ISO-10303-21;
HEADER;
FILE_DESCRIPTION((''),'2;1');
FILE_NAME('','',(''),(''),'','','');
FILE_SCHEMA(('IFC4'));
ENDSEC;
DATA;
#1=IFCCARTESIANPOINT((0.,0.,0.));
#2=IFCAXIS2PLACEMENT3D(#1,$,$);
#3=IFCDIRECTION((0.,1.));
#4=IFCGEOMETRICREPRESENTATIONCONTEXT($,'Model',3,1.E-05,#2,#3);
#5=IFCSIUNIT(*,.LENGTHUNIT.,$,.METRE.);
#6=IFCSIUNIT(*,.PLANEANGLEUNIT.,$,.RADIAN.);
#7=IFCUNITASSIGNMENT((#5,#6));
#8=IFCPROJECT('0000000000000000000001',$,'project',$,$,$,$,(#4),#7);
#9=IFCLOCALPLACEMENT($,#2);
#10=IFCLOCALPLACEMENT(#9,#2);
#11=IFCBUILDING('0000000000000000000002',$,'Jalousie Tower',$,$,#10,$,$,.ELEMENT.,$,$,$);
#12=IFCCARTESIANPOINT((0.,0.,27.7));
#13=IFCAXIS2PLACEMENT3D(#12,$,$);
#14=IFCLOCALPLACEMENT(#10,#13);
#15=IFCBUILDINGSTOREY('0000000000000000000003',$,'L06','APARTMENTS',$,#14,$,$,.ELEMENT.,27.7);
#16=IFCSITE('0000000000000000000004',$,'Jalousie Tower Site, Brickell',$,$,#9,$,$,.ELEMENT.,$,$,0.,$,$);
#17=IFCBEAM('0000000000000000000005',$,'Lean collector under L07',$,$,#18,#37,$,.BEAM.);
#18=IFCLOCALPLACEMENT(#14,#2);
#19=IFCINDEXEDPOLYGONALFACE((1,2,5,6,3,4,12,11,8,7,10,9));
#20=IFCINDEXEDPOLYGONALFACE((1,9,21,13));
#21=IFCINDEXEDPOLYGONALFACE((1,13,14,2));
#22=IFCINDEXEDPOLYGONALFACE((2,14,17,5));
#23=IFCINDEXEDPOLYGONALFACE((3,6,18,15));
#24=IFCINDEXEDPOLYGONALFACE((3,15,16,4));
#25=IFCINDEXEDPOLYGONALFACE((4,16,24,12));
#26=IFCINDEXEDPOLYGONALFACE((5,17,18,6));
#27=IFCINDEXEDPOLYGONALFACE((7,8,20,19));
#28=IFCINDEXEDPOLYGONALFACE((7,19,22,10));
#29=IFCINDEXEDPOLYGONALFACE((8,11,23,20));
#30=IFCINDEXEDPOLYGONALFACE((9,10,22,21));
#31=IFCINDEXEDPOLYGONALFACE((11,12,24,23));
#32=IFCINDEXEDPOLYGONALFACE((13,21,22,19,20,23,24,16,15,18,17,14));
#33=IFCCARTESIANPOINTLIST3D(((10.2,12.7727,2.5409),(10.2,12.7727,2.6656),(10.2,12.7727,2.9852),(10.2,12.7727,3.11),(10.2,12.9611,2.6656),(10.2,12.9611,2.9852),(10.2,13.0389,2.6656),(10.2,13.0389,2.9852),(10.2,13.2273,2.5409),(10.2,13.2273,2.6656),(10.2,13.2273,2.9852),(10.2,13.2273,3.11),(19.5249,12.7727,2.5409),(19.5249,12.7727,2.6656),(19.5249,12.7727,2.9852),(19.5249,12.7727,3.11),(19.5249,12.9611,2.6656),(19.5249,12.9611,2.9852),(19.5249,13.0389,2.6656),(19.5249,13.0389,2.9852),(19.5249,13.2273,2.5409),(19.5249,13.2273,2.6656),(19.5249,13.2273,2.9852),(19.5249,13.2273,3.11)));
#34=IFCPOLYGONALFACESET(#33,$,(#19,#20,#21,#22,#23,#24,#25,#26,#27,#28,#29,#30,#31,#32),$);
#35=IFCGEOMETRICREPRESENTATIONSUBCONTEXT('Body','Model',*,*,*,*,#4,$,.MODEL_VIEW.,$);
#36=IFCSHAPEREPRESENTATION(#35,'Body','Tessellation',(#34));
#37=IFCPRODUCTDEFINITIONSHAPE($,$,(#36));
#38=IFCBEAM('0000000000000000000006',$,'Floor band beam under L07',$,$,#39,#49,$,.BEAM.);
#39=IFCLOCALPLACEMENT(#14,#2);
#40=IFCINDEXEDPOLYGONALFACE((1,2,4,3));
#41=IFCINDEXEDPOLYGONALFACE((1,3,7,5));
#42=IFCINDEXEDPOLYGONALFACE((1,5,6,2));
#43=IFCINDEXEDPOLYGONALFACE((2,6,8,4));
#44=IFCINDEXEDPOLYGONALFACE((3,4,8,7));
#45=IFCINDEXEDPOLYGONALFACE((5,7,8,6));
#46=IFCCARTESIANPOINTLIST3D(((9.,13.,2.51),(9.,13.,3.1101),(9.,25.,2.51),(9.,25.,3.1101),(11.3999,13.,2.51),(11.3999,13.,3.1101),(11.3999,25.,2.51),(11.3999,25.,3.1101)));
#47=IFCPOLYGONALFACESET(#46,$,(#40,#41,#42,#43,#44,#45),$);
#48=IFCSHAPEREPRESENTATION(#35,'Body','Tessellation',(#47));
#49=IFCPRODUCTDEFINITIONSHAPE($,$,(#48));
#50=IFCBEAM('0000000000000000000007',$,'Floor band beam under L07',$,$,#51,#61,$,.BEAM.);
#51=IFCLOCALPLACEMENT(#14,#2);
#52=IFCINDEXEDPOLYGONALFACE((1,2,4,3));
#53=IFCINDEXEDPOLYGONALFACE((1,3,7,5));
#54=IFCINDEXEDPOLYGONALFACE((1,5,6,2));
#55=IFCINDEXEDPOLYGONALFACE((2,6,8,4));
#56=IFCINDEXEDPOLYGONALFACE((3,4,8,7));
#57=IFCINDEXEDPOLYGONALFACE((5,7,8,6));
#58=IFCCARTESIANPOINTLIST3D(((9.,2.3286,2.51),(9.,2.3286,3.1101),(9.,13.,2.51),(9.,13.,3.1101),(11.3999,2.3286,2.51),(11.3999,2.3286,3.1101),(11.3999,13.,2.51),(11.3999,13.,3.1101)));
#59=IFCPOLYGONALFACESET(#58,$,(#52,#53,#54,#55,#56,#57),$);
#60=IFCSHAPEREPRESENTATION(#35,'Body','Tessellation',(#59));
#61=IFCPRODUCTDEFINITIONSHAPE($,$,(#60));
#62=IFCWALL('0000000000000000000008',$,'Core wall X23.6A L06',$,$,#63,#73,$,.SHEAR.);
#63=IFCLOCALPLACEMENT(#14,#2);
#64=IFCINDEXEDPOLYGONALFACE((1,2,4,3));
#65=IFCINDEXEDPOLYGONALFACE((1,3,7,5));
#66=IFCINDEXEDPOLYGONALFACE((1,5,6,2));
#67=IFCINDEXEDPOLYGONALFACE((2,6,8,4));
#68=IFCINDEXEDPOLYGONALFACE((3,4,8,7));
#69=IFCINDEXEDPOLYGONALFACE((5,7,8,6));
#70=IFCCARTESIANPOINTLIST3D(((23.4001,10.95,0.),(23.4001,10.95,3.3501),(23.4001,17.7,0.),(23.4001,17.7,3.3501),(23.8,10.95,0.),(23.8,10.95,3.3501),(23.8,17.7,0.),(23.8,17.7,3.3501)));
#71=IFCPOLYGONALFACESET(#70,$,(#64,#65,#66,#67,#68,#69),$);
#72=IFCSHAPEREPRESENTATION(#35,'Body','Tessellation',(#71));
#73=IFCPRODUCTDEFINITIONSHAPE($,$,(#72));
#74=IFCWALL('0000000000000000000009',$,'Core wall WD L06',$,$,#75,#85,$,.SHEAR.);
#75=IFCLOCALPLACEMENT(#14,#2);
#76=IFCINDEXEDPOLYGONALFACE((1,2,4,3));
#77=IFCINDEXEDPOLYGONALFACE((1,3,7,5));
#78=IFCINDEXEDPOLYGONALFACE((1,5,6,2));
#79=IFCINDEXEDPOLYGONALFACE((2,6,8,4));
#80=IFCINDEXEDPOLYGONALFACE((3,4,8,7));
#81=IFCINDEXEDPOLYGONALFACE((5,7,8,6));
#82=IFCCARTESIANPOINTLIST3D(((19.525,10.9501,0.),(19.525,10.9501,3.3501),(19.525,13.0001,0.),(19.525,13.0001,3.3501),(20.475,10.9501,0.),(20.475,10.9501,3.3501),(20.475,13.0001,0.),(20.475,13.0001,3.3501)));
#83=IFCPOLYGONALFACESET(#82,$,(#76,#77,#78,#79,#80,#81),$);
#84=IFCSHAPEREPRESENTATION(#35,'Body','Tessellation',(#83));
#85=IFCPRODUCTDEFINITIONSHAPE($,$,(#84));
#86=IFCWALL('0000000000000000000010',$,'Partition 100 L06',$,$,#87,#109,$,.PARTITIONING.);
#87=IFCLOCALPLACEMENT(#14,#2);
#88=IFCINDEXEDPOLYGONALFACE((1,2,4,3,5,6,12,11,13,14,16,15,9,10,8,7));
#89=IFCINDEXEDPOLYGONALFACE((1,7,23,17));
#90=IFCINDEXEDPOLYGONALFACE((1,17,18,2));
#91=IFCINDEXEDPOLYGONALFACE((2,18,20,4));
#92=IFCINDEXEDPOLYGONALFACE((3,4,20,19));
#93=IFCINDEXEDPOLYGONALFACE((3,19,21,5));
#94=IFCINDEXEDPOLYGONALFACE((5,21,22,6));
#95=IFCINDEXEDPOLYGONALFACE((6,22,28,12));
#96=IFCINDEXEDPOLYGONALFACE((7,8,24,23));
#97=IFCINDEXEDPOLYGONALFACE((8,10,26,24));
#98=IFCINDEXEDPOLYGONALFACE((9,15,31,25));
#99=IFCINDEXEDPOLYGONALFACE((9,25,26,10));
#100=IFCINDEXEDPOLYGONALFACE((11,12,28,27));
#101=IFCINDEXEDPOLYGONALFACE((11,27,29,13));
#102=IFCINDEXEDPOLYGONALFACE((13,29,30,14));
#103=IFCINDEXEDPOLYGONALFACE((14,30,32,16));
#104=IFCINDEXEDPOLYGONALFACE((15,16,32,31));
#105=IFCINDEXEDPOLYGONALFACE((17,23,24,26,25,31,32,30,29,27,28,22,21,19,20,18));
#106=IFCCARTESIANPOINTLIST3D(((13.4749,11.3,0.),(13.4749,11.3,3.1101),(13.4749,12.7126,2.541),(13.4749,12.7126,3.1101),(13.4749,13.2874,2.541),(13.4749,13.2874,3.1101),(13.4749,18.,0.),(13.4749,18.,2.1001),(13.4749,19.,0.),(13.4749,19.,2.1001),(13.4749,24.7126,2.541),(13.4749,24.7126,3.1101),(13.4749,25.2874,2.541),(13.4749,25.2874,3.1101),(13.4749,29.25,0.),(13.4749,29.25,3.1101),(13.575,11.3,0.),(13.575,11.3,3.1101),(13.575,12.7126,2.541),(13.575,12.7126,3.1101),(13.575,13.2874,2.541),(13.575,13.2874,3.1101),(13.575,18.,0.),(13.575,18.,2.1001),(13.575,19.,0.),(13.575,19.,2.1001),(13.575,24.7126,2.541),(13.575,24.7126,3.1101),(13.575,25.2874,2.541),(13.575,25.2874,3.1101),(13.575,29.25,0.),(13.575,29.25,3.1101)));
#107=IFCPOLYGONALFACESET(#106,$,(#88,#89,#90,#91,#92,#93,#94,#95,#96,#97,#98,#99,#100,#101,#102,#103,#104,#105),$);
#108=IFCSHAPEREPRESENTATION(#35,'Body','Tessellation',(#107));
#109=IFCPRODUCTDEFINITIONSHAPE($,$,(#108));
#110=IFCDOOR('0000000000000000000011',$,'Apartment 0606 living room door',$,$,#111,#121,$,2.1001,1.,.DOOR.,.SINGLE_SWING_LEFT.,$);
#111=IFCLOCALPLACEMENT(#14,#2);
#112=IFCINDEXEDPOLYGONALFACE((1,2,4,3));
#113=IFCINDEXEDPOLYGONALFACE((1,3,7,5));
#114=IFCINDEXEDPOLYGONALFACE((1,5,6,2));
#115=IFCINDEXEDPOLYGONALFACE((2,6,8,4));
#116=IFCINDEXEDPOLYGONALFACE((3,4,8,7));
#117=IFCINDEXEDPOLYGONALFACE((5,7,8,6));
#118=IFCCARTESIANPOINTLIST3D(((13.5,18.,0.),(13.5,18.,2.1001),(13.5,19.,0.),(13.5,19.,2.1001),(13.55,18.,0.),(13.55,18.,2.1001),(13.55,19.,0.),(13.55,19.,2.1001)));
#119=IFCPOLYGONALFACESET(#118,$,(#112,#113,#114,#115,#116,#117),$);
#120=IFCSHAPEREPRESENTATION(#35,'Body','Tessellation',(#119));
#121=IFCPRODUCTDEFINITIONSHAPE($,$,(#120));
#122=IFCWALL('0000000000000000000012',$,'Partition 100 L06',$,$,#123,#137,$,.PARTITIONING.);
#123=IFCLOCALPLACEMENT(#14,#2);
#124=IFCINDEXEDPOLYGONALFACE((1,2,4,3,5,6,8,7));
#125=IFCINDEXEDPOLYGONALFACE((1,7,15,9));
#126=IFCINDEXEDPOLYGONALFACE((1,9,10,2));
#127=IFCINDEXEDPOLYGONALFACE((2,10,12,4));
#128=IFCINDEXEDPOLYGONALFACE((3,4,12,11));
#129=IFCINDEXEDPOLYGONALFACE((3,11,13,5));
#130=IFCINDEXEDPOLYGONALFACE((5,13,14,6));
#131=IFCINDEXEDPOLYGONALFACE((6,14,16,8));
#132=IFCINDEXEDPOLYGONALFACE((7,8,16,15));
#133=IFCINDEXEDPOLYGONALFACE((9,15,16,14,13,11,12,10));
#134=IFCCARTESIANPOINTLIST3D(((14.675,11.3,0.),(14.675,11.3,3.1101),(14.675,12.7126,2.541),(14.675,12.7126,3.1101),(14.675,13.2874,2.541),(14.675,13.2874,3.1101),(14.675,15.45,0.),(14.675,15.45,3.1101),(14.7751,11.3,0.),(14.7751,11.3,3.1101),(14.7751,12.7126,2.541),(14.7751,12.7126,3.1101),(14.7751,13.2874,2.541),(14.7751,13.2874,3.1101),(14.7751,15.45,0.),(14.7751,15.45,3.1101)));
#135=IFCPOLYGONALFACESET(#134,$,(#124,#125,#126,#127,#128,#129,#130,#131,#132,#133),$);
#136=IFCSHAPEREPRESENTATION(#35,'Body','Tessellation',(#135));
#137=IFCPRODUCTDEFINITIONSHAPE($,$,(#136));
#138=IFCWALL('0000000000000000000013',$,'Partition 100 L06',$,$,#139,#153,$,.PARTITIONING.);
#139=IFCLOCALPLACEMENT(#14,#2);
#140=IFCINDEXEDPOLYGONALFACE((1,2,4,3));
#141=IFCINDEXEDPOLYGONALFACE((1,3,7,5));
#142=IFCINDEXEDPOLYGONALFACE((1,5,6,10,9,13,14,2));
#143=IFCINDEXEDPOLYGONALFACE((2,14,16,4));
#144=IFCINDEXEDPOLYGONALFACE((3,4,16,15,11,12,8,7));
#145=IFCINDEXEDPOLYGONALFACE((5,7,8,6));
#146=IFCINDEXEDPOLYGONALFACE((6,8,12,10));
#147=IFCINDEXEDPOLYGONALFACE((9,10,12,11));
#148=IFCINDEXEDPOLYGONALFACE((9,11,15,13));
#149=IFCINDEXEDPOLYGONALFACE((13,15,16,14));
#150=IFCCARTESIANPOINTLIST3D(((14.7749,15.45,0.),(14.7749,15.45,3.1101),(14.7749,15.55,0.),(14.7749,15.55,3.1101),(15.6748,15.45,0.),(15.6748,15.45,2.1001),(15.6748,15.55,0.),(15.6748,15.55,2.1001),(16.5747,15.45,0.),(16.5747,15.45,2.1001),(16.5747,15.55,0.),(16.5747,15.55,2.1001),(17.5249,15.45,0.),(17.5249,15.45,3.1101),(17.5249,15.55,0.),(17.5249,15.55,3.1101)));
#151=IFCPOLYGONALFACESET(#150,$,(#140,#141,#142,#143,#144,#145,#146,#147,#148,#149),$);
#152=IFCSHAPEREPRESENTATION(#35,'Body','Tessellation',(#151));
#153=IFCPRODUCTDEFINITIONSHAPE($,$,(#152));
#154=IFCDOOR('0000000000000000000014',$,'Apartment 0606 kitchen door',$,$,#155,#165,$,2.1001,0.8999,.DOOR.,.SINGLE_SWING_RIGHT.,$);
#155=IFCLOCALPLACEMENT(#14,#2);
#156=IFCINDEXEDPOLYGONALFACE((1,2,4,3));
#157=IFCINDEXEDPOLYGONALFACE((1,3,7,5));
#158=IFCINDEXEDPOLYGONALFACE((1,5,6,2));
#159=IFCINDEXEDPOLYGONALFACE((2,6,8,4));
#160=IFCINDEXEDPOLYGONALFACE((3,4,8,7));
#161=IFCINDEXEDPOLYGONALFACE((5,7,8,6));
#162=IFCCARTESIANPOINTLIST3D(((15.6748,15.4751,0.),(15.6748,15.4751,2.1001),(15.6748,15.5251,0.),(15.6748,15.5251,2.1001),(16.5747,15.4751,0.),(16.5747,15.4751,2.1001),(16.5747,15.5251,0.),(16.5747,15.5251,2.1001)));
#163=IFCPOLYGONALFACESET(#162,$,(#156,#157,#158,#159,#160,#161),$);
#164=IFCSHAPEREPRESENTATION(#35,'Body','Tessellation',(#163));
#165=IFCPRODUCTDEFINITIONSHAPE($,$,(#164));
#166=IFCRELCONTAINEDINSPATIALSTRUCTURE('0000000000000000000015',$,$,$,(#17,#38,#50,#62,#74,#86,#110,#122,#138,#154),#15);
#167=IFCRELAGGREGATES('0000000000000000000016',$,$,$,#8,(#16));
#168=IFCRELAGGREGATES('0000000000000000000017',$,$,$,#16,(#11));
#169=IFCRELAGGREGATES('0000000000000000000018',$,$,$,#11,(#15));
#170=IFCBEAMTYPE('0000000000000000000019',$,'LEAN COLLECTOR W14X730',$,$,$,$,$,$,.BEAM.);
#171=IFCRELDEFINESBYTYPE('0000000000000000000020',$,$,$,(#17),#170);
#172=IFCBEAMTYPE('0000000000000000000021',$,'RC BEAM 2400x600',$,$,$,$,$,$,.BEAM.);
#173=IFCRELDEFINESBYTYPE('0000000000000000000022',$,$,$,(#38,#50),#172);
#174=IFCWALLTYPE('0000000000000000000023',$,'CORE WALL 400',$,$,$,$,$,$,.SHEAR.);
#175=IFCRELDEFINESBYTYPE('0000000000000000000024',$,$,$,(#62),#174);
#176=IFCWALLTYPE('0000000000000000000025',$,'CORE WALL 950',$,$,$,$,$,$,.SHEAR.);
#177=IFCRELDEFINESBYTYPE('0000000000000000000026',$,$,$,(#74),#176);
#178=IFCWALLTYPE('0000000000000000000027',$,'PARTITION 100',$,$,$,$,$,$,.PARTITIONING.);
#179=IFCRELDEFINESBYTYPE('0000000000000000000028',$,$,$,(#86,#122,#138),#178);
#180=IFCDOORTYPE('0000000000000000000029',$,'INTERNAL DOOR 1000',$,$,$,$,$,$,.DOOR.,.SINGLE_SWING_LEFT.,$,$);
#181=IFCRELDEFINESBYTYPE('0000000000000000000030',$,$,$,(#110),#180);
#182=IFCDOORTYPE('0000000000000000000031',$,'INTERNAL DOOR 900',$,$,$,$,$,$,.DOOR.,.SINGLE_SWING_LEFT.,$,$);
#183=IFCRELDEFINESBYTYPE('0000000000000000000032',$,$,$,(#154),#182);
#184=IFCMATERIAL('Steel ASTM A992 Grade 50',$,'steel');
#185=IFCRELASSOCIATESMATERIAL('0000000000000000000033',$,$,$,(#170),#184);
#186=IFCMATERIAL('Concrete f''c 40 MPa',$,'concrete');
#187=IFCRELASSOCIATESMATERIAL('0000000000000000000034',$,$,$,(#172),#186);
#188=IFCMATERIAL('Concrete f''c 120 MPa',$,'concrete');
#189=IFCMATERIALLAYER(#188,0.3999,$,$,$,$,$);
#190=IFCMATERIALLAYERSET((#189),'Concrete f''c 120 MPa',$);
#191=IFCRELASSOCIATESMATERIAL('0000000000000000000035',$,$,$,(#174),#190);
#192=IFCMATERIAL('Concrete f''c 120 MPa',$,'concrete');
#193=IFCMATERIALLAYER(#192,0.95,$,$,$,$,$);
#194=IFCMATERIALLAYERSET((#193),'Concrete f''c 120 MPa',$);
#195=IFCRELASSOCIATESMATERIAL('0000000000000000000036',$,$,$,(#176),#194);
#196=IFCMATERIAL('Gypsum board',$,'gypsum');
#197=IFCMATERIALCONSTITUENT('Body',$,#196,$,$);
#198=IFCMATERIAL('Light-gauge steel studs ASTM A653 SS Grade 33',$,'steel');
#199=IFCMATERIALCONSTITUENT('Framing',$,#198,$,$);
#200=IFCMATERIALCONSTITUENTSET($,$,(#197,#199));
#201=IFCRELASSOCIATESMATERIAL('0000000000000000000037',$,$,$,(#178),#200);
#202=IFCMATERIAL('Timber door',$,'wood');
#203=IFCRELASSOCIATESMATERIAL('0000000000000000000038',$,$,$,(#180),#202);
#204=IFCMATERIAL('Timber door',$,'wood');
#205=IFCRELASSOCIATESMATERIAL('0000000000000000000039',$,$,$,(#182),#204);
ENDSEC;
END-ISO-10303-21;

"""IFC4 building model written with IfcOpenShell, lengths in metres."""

from ifc_helpers import new_model, si_unit, direction, frame, frame_2d, origin, origin_2d, place, context, subcontext, project, spatial, polyline, rectangle, i_section, outline, extrude, material, layer, layer_set, constituent, constituent_set, material_profile, profile_set, type_object, element, fill, save


model = new_model("IFC4")

# Units and contexts
model_context = context("Model", 3, precision=1e-05, world=origin(), true_north=direction((0.0, 1.0)))
body_context = subcontext(model_context, "Body", "Model", "MODEL_VIEW")
ifc_project = project(units=[si_unit("LENGTHUNIT", "METRE"), si_unit("PLANEANGLEUNIT", "RADIAN")], contexts=[model_context])

# Site, building, storey
site_placement = place(None, origin())
site = spatial("IfcSite", under=ifc_project, at=site_placement, Name="Jalousie Tower Site, Brickell", CompositionType="ELEMENT", RefElevation=0.0)
building_placement = place(site_placement, origin())
building = spatial("IfcBuilding", under=site, at=building_placement, Name="Jalousie Tower", CompositionType="ELEMENT")
storey_placement = place(building_placement, frame((0.0, 0.0, 27.7)))
storey = spatial("IfcBuildingStorey", under=building, at=storey_placement, Name="L06", Description="APARTMENTS", CompositionType="ELEMENT", Elevation=27.7)

# Beams
ifc_material_1 = material(Name="Steel ASTM A992 Grade 50", Category="steel")
ifc_material_profile_1 = material_profile(ifc_material_1, i_section(OverallWidth=0.4546, OverallDepth=0.5691, WebThickness=0.0779, FlangeThickness=0.1248, at=origin_2d()), Name="W14X730")
ifc_profile_set_1 = profile_set([ifc_material_profile_1], Name="Steel ASTM A992 Grade 50")
beam_type_1 = type_object("IfcBeamType", Name="LEAN COLLECTOR W14X730", PredefinedType="BEAM", material=ifc_profile_set_1)
beam_1_placement = place(storey_placement, frame((10.2, 13.0, 2.8254), z_axis=(1.0, 0.0, 0.0), x_axis=(0.0, 1.0, 0.0)))
element("IfcBeam", 1, at=beam_1_placement, inside=storey, type_object=beam_type_1, Name="Lean collector under L07", PredefinedType="BEAM", context=body_context, shape_type="SweptSolid", body=[
    extrude(i_section(OverallWidth=0.4546, OverallDepth=0.5691, WebThickness=0.0779, FlangeThickness=0.1248, at=origin_2d()), origin(), (0.0, 0.0, 1.0), 9.325),
])
ifc_material_2 = material(Name="Concrete f'c 40 MPa", Category="concrete")
ifc_material_profile_2 = material_profile(ifc_material_2, rectangle(XDim=2.3999, YDim=0.6001, at=origin_2d()), Name="RC 2400x600")
ifc_profile_set_2 = profile_set([ifc_material_profile_2], Name="Concrete f'c 40 MPa")
beam_type_2 = type_object("IfcBeamType", Name="RC BEAM 2400x600", PredefinedType="BEAM", material=ifc_profile_set_2)
beam_2_placement = place(storey_placement, frame((10.2, 13.0, 2.8101), z_axis=(0.0, 1.0, 0.0), x_axis=(-1.0, 0.0, 0.0)))
element("IfcBeam", 2, at=beam_2_placement, inside=storey, type_object=beam_type_2, Name="Floor band beam under L07", PredefinedType="BEAM", context=body_context, shape_type="SweptSolid", body=[
    extrude(rectangle(XDim=2.3999, YDim=0.6001, at=origin_2d()), origin(), (0.0, 0.0, 1.0), 12.0),
])
beam_3_placement = place(storey_placement, frame((10.2, 13.0, 2.8101), z_axis=(0.0, -1.0, 0.0), x_axis=(1.0, 0.0, 0.0)))
element("IfcBeam", 3, at=beam_3_placement, inside=storey, type_object=beam_type_2, Name="Floor band beam under L07", PredefinedType="BEAM", context=body_context, shape_type="SweptSolid", body=[
    extrude(rectangle(XDim=2.3999, YDim=0.6001, at=origin_2d()), origin(), (0.0, 0.0, 1.0), 10.6714),
])

# Walls
ifc_material_3 = material(Name="Concrete f'c 120 MPa", Category="concrete")
ifc_layer_1 = layer(ifc_material_3, 0.3999)
ifc_layer_set_1 = layer_set([ifc_layer_1], Name="Concrete f'c 120 MPa")
wall_type_1 = type_object("IfcWallType", Name="CORE WALL 400", PredefinedType="SHEAR", material=ifc_layer_set_1)
wall_1_placement = place(storey_placement, frame((23.6001, 10.95, 0.0), z_axis=(0.0, 0.0, 1.0), x_axis=(0.0, 1.0, 0.0)))
element("IfcWall", 4, at=wall_1_placement, inside=storey, type_object=wall_type_1, Name="Core wall X23.6A L06", PredefinedType="SHEAR", context=body_context, shape_type="SweptSolid", body=[
    extrude(rectangle(XDim=6.75, YDim=0.3999, at=frame_2d((3.375, 0.0))), origin(), (0.0, 0.0, 1.0), 3.3501),
])
ifc_material_4 = material(Name="Concrete f'c 120 MPa", Category="concrete")
ifc_layer_2 = layer(ifc_material_4, 0.95)
ifc_layer_set_2 = layer_set([ifc_layer_2], Name="Concrete f'c 120 MPa")
wall_type_2 = type_object("IfcWallType", Name="CORE WALL 950", PredefinedType="SHEAR", material=ifc_layer_set_2)
wall_2_placement = place(storey_placement, frame((20.0, 13.0, 0.0), z_axis=(0.0, 0.0, 1.0), x_axis=(0.0, -1.0, 0.0)))
element("IfcWall", 5, at=wall_2_placement, inside=storey, type_object=wall_type_2, Name="Core wall WD L06", PredefinedType="SHEAR", context=body_context, shape_type="SweptSolid", body=[
    extrude(rectangle(XDim=2.05, YDim=0.95, at=frame_2d((1.0249, 0.0))), origin(), (0.0, 0.0, 1.0), 3.3501),
])

# Wall, opening, door
ifc_material_5 = material(Name="Gypsum board", Category="gypsum")
ifc_constituent_1 = constituent(ifc_material_5, Name="Body")
ifc_material_6 = material(Name="Light-gauge steel studs ASTM A653 SS Grade 33", Category="steel")
ifc_constituent_2 = constituent(ifc_material_6, Name="Framing")
ifc_constituent_set_1 = constituent_set(constituents=[ifc_constituent_1, ifc_constituent_2])
wall_type_3 = type_object("IfcWallType", Name="PARTITION 100", PredefinedType="PARTITIONING", material=ifc_constituent_set_1)
wall_3_placement = place(storey_placement, frame((13.5249, 11.3, 0.0), z_axis=(0.0, 0.0, 1.0), x_axis=(0.0, 1.0, 0.0)))
wall_3 = element("IfcWall", 6, at=wall_3_placement, inside=storey, type_object=wall_type_3, Name="Partition 100 L06", PredefinedType="PARTITIONING", context=body_context, shape_type="SweptSolid", body=[
    extrude(outline(polyline([(0.0, 0.0), (17.95, 0.0), (17.95, 3.1101), (13.9873, 3.1101), (13.9873, 2.541), (13.4126, 2.541), (13.4126, 3.1101), (1.9873, 3.1101), (1.9873, 2.541), (1.4126, 2.541), (1.4126, 3.1101), (0.0, 3.1101), (0.0, 0.0)])), frame((0.0, 0.05, 0.0), z_axis=(0.0, -1.0, 0.0), x_axis=(1.0, 0.0, 0.0)), (0.0, 0.0, 1.0), 0.1001),
])
opening_1_placement = place(wall_3_placement, frame((6.7, 0.0, 0.0)))
opening_1 = element("IfcOpeningElement", 7, at=opening_1_placement, cuts=wall_3, PredefinedType="OPENING", context=body_context, shape_type="SweptSolid", body=[
    extrude(rectangle(XDim=1.0, YDim=2.1001, at=frame_2d((0.5, 1.05))), frame((0.0, 0.0601, 0.0), z_axis=(0.0, -1.0, 0.0), x_axis=(1.0, 0.0, 0.0)), (0.0, 0.0, 1.0), 0.1201),
])
ifc_material_7 = material(Name="Timber door", Category="wood")
door_type_1 = type_object("IfcDoorType", Name="INTERNAL DOOR 1000", OperationType="SINGLE_SWING_LEFT", PredefinedType="DOOR", material=ifc_material_7)
door_1_placement = place(opening_1_placement, origin())
door_1 = element("IfcDoor", 8, at=door_1_placement, inside=storey, type_object=door_type_1, Name="Apartment 0606 living room door", OperationType="SINGLE_SWING_LEFT", OverallHeight=2.1001, OverallWidth=1.0, PredefinedType="DOOR", context=body_context, shape_type="SweptSolid", body=[
    extrude(rectangle(XDim=1.0, YDim=2.1001, at=frame_2d((0.5, 1.05))), frame((0.0, 0.0249, 0.0), z_axis=(0.0, -1.0, 0.0), x_axis=(1.0, 0.0, 0.0)), (0.0, 0.0, 1.0), 0.05),
])
fill(opening_1, door_1)

# Wall
wall_4_placement = place(storey_placement, frame((14.7251, 11.3, 0.0), z_axis=(0.0, 0.0, 1.0), x_axis=(0.0, 1.0, 0.0)))
element("IfcWall", 9, at=wall_4_placement, inside=storey, type_object=wall_type_3, Name="Partition 100 L06", PredefinedType="PARTITIONING", context=body_context, shape_type="SweptSolid", body=[
    extrude(outline(polyline([(0.0, 0.0), (4.1499, 0.0), (4.1499, 3.1101), (1.9873, 3.1101), (1.9873, 2.541), (1.4126, 2.541), (1.4126, 3.1101), (0.0, 3.1101), (0.0, 0.0)])), frame((0.0, 0.05, 0.0), z_axis=(0.0, -1.0, 0.0), x_axis=(1.0, 0.0, 0.0)), (0.0, 0.0, 1.0), 0.1001),
])

# Wall, opening, door
wall_5_placement = place(storey_placement, frame((14.7749, 15.5, 0.0), z_axis=(0.0, 0.0, 1.0), x_axis=(1.0, 0.0, 0.0)))
wall_5 = element("IfcWall", 10, at=wall_5_placement, inside=storey, type_object=wall_type_3, Name="Partition 100 L06", PredefinedType="PARTITIONING", context=body_context, shape_type="SweptSolid", body=[
    extrude(rectangle(XDim=2.75, YDim=0.1001, at=frame_2d((1.375, 0.0))), origin(), (0.0, 0.0, 1.0), 3.1101),
])
opening_2_placement = place(wall_5_placement, frame((0.8999, 0.0, 0.0)))
opening_2 = element("IfcOpeningElement", 11, at=opening_2_placement, cuts=wall_5, PredefinedType="OPENING", context=body_context, shape_type="SweptSolid", body=[
    extrude(rectangle(XDim=0.8999, YDim=2.1001, at=frame_2d((0.45, 1.05))), frame((0.0, 0.0601, 0.0), z_axis=(0.0, -1.0, 0.0), x_axis=(1.0, 0.0, 0.0)), (0.0, 0.0, 1.0), 0.1201),
])
ifc_material_8 = material(Name="Timber door", Category="wood")
door_type_2 = type_object("IfcDoorType", Name="INTERNAL DOOR 900", OperationType="SINGLE_SWING_LEFT", PredefinedType="DOOR", material=ifc_material_8)
door_2_placement = place(opening_2_placement, frame((0.8999, 0.0, 0.0), z_axis=(0.0, 0.0, 1.0), x_axis=(-1.0, 0.0, 0.0)))
door_2 = element("IfcDoor", 12, at=door_2_placement, inside=storey, type_object=door_type_2, Name="Apartment 0606 kitchen door", OperationType="SINGLE_SWING_RIGHT", OverallHeight=2.1001, OverallWidth=0.8999, PredefinedType="DOOR", context=body_context, shape_type="SweptSolid", body=[
    extrude(rectangle(XDim=0.8999, YDim=2.1001, at=frame_2d((0.45, 1.05))), frame((0.0, 0.0249, 0.0), z_axis=(0.0, -1.0, 0.0), x_axis=(1.0, 0.0, 0.0)), (0.0, 0.0, 1.0), 0.05),
])
fill(opening_2, door_2)

save(model, "model.ifc")
